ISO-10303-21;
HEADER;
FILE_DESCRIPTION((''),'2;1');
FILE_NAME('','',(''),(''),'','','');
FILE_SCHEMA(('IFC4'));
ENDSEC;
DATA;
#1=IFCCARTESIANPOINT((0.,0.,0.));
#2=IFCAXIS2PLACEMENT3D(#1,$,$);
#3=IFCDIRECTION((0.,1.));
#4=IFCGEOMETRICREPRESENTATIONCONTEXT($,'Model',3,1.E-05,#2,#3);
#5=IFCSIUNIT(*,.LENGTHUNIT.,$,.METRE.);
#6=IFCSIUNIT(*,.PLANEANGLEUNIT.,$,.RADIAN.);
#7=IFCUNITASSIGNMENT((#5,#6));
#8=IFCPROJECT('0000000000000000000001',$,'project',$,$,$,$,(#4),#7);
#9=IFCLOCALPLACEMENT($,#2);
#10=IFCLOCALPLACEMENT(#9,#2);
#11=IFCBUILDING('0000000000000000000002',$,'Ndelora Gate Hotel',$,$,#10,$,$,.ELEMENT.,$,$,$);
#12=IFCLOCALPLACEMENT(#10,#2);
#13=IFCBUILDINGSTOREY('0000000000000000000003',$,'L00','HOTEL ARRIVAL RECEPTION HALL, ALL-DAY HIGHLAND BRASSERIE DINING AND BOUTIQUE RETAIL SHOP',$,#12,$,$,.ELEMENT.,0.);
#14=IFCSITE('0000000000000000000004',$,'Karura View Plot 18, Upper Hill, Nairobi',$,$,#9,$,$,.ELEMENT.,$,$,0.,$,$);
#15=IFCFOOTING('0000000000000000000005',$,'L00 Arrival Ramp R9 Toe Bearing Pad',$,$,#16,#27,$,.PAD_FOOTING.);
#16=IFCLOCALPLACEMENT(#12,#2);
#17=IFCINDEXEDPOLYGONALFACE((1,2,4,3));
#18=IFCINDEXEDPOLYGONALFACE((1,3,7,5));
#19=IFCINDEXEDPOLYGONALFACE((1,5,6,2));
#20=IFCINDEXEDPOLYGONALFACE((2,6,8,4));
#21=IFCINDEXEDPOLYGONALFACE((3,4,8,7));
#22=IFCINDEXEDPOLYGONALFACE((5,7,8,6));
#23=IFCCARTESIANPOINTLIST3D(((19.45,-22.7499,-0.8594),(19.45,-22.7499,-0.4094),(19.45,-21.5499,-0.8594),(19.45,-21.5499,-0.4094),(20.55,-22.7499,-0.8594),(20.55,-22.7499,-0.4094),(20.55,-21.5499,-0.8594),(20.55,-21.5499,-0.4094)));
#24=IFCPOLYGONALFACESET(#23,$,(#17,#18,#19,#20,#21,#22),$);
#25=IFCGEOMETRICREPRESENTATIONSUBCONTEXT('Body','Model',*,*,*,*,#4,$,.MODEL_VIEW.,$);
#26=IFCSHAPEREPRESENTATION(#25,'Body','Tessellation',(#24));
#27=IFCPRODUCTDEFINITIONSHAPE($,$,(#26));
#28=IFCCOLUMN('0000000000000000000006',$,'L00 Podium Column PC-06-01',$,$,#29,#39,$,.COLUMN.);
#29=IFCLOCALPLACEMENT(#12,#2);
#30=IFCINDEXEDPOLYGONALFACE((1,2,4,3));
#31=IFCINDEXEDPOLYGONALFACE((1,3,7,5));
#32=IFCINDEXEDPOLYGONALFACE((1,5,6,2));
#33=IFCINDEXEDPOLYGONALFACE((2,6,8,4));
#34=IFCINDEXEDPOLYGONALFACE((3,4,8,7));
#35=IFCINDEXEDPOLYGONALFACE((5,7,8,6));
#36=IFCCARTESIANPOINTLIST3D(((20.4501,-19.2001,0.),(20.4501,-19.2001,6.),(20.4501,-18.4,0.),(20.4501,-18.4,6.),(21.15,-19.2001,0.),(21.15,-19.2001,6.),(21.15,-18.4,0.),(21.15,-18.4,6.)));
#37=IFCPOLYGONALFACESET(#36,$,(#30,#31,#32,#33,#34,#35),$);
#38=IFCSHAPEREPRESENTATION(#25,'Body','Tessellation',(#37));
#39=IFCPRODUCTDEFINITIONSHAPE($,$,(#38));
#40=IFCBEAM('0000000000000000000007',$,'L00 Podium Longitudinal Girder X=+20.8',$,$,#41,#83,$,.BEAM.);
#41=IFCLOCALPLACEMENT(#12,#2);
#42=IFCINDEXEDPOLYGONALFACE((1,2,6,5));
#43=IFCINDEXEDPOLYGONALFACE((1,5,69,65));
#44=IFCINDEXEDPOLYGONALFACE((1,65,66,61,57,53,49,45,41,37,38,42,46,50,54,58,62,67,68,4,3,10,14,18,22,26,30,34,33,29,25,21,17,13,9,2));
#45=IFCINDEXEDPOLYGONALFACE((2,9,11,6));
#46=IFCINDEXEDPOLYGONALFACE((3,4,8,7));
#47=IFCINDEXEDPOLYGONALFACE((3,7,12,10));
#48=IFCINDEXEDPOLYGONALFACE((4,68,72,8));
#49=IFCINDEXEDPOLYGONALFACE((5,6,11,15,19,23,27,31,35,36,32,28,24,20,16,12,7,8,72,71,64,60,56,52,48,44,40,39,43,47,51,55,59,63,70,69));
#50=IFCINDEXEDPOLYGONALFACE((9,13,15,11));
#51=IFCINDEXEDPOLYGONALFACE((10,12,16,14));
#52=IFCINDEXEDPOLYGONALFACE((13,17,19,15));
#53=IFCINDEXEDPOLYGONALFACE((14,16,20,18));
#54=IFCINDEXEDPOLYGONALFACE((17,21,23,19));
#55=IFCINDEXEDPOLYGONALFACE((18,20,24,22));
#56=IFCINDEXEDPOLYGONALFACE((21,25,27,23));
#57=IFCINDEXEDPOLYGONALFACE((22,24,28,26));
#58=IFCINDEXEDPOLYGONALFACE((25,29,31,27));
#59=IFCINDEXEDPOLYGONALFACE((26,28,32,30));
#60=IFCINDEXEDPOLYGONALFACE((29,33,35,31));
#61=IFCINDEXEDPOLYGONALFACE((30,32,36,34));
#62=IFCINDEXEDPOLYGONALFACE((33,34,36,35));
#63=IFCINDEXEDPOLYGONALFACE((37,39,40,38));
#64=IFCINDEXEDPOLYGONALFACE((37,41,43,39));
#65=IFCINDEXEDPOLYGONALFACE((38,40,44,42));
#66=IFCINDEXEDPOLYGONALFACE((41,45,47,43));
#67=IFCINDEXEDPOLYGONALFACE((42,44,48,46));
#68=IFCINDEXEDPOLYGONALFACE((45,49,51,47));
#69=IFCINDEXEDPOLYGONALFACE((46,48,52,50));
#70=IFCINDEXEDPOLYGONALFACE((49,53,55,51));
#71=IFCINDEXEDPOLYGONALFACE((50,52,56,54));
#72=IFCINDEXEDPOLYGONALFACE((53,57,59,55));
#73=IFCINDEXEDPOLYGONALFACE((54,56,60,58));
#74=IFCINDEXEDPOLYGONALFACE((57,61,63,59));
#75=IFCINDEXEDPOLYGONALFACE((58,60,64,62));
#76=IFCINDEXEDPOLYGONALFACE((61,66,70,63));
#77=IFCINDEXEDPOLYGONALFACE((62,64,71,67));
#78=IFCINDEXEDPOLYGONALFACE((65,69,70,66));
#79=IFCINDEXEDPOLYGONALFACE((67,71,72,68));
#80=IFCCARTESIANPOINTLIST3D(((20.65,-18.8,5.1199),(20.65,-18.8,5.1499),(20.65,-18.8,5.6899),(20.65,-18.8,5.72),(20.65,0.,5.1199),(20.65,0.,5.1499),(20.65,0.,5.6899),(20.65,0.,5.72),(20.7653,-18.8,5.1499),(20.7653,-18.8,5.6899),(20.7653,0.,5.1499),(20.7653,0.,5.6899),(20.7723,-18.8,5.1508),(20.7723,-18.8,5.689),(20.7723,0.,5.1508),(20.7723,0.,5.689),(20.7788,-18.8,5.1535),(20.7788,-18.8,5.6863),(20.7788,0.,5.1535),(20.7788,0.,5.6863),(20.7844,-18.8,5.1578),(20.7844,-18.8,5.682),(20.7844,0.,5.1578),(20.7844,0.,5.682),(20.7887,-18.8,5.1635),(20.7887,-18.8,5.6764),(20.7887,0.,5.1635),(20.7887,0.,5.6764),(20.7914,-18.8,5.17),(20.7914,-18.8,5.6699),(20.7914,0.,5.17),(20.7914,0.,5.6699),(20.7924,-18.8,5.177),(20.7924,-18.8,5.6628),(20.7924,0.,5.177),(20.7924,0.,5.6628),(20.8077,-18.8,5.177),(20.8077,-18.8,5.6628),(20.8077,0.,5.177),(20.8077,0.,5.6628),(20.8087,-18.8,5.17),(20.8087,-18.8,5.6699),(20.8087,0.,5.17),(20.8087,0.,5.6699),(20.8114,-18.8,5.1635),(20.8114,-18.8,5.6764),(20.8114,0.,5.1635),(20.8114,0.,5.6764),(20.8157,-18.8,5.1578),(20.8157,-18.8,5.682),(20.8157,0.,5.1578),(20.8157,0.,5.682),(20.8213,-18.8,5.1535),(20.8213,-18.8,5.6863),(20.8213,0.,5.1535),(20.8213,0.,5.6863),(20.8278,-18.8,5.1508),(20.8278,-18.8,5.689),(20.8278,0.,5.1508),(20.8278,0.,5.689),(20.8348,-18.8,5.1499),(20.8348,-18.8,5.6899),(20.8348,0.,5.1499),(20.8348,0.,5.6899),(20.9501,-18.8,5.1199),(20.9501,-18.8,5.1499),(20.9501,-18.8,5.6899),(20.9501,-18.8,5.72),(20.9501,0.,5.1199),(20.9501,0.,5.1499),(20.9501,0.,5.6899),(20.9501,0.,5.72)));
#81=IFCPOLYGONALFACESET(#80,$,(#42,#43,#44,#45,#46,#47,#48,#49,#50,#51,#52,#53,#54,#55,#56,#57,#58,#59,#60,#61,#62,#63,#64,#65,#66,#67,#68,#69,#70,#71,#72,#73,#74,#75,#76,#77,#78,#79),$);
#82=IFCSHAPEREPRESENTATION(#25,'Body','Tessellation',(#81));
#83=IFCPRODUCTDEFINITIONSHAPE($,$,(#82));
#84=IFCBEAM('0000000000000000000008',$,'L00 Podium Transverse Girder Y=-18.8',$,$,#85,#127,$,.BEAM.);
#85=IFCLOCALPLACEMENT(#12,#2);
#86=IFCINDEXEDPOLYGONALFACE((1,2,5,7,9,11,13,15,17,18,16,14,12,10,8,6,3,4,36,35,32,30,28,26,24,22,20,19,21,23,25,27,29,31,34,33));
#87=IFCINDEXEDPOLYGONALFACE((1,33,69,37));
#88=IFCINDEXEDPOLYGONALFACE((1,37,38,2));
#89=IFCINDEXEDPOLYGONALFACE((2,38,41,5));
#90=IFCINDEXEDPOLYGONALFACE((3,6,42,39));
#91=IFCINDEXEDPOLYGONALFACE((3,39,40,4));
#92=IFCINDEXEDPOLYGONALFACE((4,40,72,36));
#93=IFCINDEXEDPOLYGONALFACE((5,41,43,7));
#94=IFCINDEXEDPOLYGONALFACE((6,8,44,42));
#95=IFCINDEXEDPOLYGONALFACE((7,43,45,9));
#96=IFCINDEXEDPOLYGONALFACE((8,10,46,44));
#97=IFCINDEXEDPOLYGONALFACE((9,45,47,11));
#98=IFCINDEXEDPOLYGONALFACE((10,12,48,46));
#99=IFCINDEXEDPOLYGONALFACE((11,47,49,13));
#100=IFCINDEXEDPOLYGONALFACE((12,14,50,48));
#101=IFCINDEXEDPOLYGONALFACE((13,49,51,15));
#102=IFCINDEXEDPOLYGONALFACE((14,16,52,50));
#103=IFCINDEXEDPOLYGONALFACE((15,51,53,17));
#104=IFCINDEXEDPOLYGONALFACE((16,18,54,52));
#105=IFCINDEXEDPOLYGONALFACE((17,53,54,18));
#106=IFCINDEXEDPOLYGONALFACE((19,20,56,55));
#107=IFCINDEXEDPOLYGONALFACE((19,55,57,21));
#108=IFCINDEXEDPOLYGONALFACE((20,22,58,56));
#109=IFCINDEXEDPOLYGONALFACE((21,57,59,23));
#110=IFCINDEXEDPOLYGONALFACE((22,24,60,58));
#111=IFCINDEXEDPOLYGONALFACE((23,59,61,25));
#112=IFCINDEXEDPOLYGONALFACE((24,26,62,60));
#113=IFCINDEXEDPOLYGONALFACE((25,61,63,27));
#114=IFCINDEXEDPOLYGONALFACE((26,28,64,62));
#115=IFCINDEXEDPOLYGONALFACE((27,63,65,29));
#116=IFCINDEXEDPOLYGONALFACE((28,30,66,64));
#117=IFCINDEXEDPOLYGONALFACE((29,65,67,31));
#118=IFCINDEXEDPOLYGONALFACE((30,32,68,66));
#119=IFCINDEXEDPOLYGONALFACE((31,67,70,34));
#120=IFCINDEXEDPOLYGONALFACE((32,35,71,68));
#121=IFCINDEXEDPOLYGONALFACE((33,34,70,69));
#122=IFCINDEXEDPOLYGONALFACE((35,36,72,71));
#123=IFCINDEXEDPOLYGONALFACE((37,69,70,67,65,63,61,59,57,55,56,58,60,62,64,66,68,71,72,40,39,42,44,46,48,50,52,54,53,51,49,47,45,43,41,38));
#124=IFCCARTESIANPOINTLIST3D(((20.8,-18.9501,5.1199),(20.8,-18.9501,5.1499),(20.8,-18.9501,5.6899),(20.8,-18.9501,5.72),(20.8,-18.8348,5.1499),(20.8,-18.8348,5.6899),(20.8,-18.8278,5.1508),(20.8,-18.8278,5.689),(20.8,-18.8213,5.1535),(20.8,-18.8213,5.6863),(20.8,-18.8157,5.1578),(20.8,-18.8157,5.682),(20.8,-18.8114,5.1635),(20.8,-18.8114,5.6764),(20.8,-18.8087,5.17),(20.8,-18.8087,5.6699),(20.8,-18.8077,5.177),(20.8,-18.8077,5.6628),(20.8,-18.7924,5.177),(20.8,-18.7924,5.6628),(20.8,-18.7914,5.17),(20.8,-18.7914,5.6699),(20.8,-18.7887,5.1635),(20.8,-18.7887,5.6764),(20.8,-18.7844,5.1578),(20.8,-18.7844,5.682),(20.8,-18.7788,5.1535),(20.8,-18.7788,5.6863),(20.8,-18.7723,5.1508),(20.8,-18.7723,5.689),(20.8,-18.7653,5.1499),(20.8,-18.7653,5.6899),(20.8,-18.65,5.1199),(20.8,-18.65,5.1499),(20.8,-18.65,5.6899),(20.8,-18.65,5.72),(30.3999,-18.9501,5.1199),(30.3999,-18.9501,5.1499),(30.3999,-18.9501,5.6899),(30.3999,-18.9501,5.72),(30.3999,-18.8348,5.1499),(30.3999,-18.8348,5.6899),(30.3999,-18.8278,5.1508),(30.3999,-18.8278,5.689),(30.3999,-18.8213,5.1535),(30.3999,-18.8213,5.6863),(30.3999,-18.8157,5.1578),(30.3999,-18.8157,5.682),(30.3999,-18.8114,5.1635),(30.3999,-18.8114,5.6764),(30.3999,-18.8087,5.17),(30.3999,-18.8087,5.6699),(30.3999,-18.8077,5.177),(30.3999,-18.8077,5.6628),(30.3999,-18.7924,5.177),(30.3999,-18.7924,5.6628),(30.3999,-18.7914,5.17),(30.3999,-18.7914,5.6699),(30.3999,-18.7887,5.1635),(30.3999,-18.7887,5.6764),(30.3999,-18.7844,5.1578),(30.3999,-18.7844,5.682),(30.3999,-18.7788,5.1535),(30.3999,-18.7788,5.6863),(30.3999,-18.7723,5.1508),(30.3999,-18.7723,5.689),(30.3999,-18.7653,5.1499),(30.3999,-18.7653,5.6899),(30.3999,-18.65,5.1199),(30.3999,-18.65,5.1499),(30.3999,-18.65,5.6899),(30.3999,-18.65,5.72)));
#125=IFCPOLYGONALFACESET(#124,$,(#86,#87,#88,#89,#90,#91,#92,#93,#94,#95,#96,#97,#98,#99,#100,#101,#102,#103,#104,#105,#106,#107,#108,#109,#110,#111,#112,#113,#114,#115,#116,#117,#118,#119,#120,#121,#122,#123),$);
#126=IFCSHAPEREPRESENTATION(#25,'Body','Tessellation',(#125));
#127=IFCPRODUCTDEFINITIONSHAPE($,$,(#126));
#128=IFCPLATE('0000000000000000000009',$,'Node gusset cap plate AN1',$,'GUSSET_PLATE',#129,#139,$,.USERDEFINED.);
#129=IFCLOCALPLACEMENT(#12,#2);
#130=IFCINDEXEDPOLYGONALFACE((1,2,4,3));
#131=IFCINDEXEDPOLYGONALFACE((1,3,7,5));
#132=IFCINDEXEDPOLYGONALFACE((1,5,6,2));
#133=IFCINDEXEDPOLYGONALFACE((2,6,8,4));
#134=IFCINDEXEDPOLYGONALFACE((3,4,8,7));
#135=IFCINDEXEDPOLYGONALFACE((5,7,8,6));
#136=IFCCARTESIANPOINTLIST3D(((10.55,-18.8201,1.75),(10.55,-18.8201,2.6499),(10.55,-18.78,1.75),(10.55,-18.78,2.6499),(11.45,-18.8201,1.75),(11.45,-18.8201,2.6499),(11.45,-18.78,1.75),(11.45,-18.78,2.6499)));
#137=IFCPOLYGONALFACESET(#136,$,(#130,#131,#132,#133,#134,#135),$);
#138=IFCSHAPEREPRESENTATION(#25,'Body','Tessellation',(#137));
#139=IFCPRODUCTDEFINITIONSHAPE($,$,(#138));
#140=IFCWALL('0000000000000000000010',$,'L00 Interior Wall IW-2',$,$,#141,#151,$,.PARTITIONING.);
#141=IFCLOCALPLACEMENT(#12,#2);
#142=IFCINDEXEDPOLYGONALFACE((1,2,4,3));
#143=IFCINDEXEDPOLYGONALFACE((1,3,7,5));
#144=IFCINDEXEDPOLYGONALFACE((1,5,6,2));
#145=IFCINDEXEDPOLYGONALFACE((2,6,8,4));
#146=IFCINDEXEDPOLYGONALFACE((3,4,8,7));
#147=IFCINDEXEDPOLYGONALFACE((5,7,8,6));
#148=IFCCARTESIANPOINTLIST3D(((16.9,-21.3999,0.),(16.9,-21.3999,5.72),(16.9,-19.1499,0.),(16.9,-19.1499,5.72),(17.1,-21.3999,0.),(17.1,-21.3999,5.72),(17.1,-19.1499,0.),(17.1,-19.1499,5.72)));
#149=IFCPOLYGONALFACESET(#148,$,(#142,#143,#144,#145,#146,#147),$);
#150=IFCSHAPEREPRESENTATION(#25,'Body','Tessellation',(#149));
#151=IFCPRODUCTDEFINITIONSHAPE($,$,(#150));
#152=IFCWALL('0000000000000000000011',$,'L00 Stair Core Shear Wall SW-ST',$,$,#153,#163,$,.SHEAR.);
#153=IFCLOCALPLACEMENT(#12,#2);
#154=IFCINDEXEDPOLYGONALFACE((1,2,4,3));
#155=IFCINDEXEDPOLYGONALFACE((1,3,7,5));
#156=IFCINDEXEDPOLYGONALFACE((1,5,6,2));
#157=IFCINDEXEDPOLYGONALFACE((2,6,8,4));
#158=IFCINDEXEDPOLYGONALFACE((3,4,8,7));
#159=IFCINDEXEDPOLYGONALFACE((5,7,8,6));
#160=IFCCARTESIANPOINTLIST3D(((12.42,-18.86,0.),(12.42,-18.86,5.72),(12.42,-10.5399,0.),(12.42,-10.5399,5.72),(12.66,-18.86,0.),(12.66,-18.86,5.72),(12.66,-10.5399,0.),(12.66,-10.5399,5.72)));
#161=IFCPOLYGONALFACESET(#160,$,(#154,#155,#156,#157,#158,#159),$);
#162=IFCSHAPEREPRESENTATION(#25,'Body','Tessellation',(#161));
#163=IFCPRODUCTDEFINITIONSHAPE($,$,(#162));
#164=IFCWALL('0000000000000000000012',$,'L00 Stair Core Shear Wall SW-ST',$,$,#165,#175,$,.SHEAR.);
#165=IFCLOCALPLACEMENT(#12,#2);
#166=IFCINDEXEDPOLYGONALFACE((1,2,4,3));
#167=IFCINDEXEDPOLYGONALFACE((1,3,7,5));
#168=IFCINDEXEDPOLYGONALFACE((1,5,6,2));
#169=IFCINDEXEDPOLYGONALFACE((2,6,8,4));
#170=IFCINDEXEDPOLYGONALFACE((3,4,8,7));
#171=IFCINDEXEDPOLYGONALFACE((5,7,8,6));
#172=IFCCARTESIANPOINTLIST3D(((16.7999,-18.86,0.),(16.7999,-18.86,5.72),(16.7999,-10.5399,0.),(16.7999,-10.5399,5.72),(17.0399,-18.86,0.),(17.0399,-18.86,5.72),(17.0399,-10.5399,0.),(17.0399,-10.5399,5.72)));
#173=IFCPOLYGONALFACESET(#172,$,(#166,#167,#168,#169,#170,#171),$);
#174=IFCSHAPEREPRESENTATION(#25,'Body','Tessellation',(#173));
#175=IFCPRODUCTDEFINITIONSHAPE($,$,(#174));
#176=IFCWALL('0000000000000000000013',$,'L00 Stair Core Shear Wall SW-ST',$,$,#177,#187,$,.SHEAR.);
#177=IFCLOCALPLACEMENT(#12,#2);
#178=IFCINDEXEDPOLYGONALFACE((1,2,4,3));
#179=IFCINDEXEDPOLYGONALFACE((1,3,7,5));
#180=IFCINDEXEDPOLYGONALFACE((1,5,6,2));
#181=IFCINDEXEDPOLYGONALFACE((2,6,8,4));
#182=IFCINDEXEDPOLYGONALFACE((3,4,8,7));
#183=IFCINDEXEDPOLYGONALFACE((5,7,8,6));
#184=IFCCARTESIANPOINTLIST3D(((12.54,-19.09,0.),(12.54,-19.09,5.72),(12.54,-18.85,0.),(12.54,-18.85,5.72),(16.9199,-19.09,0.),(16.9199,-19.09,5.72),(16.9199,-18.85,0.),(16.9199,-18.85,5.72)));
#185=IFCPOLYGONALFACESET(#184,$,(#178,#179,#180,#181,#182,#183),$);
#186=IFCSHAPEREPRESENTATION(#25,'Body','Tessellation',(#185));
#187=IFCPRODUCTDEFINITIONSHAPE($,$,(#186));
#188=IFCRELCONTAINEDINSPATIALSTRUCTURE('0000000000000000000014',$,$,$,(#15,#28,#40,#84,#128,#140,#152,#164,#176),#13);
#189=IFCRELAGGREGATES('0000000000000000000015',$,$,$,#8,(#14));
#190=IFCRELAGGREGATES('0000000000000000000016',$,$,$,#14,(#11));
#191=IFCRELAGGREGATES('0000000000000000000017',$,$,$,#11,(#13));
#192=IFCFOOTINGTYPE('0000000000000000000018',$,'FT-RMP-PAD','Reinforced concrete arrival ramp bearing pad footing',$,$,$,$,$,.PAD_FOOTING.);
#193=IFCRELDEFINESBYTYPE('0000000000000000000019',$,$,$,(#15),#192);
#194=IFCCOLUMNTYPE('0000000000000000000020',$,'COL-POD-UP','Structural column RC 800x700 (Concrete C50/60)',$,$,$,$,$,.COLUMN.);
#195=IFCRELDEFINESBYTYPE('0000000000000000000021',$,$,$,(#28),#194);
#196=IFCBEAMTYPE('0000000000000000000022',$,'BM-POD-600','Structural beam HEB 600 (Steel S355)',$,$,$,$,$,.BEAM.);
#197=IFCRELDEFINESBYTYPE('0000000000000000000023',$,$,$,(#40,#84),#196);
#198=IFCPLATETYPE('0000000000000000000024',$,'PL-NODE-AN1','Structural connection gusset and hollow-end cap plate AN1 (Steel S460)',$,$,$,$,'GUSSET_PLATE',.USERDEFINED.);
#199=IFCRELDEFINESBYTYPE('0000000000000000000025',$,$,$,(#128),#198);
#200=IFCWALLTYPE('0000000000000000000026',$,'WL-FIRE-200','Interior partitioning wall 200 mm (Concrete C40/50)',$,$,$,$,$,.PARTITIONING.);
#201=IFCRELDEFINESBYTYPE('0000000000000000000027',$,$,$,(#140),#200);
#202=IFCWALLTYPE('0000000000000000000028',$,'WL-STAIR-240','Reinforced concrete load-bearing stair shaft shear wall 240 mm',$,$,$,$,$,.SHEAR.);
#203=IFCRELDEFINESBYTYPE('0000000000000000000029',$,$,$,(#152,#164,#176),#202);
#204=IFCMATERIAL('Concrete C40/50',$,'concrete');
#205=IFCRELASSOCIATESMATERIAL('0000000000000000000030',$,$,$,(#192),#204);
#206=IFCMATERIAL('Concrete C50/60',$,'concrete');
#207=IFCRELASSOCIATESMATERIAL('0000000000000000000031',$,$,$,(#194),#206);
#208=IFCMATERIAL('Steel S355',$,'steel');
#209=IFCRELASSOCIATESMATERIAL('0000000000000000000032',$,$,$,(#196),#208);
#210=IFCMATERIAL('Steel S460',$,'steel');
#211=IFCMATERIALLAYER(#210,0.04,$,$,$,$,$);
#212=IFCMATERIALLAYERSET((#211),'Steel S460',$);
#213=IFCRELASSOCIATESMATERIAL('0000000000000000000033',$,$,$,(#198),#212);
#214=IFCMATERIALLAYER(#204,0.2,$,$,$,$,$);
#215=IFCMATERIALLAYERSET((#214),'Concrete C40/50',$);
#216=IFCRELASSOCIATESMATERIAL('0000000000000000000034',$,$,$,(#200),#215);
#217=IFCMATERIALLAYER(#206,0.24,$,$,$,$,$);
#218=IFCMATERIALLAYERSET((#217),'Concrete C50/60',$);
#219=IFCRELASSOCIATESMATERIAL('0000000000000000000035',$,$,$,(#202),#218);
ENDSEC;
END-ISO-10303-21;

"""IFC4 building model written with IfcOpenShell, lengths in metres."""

from ifc_helpers import new_model, si_unit, direction, frame, frame_2d, origin, origin_2d, place, context, subcontext, project, spatial, rectangle, i_section, extrude, material, layer, layer_set, material_profile, profile_set, type_object, element, save


model = new_model("IFC4")

# Units and contexts
model_context = context("Model", 3, precision=1e-05, world=origin(), true_north=direction((0.0, 1.0)))
body_context = subcontext(model_context, "Body", "Model", "MODEL_VIEW")
ifc_project = project(units=[si_unit("LENGTHUNIT", "METRE"), si_unit("PLANEANGLEUNIT", "RADIAN")], contexts=[model_context])

# Site, building, storey
site_placement = place(None, origin())
site = spatial("IfcSite", under=ifc_project, at=site_placement, Name="Karura View Plot 18, Upper Hill, Nairobi", CompositionType="ELEMENT", RefElevation=0.0)
building_placement = place(site_placement, origin())
building = spatial("IfcBuilding", under=site, at=building_placement, Name="Ndelora Gate Hotel", CompositionType="ELEMENT")
storey_placement = place(building_placement, origin())
storey = spatial("IfcBuildingStorey", under=building, at=storey_placement, Name="L00", Description="HOTEL ARRIVAL RECEPTION HALL, ALL-DAY HIGHLAND BRASSERIE DINING AND BOUTIQUE RETAIL SHOP", CompositionType="ELEMENT", Elevation=0.0)

# Footing
ifc_material_1 = material(Name="Concrete C40/50", Category="concrete")
footing_type = type_object("IfcFootingType", Name="FT-RMP-PAD", Description="Reinforced concrete arrival ramp bearing pad footing", PredefinedType="PAD_FOOTING", material=ifc_material_1)
footing_placement = place(storey_placement, frame((20.0, -22.1499, -0.8594), z_axis=(0.0, 0.0, 1.0), x_axis=(1.0, 0.0, 0.0)))
element("IfcFooting", 1, at=footing_placement, inside=storey, type_object=footing_type, Name="L00 Arrival Ramp R9 Toe Bearing Pad", PredefinedType="PAD_FOOTING", context=body_context, shape_type="SweptSolid", body=[
    extrude(rectangle(XDim=1.1001, YDim=1.2, at=origin_2d()), origin(), (0.0, 0.0, 1.0), 0.45),
])

# Column
ifc_material_2 = material(Name="Concrete C50/60", Category="concrete")
ifc_material_profile_1 = material_profile(ifc_material_2, rectangle(XDim=0.7, YDim=0.8, at=origin_2d()), Name="RC 800x700")
ifc_profile_set_1 = profile_set([ifc_material_profile_1], Name="Concrete C50/60")
column_type = type_object("IfcColumnType", Name="COL-POD-UP", Description="Structural column RC 800x700 (Concrete C50/60)", PredefinedType="COLUMN", material=ifc_profile_set_1)
column_placement = place(storey_placement, frame((20.8, -18.8, 0.0), z_axis=(0.0, 0.0, 1.0), x_axis=(1.0, 0.0, 0.0)))
element("IfcColumn", 2, at=column_placement, inside=storey, type_object=column_type, Name="L00 Podium Column PC-06-01", PredefinedType="COLUMN", context=body_context, shape_type="SweptSolid", body=[
    extrude(rectangle(XDim=0.7, YDim=0.8, at=origin_2d()), origin(), (0.0, 0.0, 1.0), 6.0),
])

# Beams
ifc_material_3 = material(Name="Steel S355", Category="steel")
ifc_material_profile_2 = material_profile(ifc_material_3, i_section(OverallWidth=0.3, OverallDepth=0.6001, WebThickness=0.0154, FlangeThickness=0.03, FilletRadius=0.0271, at=origin_2d()), Name="HEB 600")
ifc_profile_set_2 = profile_set([ifc_material_profile_2], Name="Steel S355")
beam_type = type_object("IfcBeamType", Name="BM-POD-600", Description="Structural beam HEB 600 (Steel S355)", PredefinedType="BEAM", material=ifc_profile_set_2)
beam_1_placement = place(storey_placement, frame((20.8, -18.8, 5.4199), z_axis=(0.0, 1.0, 0.0), x_axis=(-1.0, 0.0, 0.0)))
element("IfcBeam", 3, at=beam_1_placement, inside=storey, type_object=beam_type, Name="L00 Podium Longitudinal Girder X=+20.8", PredefinedType="BEAM", context=body_context, shape_type="SweptSolid", body=[
    extrude(i_section(OverallWidth=0.3, OverallDepth=0.6001, WebThickness=0.0154, FlangeThickness=0.03, FilletRadius=0.0271, at=origin_2d()), origin(), (0.0, 0.0, 1.0), 18.8),
])
beam_2_placement = place(storey_placement, frame((20.8, -18.8, 5.4199), z_axis=(1.0, 0.0, 0.0), x_axis=(0.0, 1.0, 0.0)))
element("IfcBeam", 4, at=beam_2_placement, inside=storey, type_object=beam_type, Name="L00 Podium Transverse Girder Y=-18.8", PredefinedType="BEAM", context=body_context, shape_type="SweptSolid", body=[
    extrude(i_section(OverallWidth=0.3, OverallDepth=0.6001, WebThickness=0.0154, FlangeThickness=0.03, FilletRadius=0.0271, at=origin_2d()), origin(), (0.0, 0.0, 1.0), 9.5999),
])

# Plate
ifc_material_4 = material(Name="Steel S460", Category="steel")
ifc_layer_1 = layer(ifc_material_4, 0.04)
ifc_layer_set_1 = layer_set([ifc_layer_1], Name="Steel S460")
plate_type = type_object("IfcPlateType", Name="PL-NODE-AN1", Description="Structural connection gusset and hollow-end cap plate AN1 (Steel S460)", ElementType="GUSSET_PLATE", PredefinedType="USERDEFINED", material=ifc_layer_set_1)
plate_placement = place(storey_placement, frame((11.0, -18.8, 1.75), z_axis=(0.0, 0.0, 1.0), x_axis=(1.0, 0.0, 0.0)))
element("IfcPlate", 5, at=plate_placement, inside=storey, type_object=plate_type, Name="Node gusset cap plate AN1", ObjectType="GUSSET_PLATE", PredefinedType="USERDEFINED", context=body_context, shape_type="SweptSolid", body=[
    extrude(rectangle(XDim=0.8999, YDim=0.04, at=origin_2d()), origin(), (0.0, 0.0, 1.0), 0.8999),
])

# Walls
ifc_layer_2 = layer(ifc_material_1, 0.2)
ifc_layer_set_2 = layer_set([ifc_layer_2], Name="Concrete C40/50")
wall_type_1 = type_object("IfcWallType", Name="WL-FIRE-200", Description="Interior partitioning wall 200 mm (Concrete C40/50)", PredefinedType="PARTITIONING", material=ifc_layer_set_2)
wall_1_placement = place(storey_placement, frame((17.0, -21.3999, 0.0), z_axis=(0.0, 0.0, 1.0), x_axis=(0.0, 1.0, 0.0)))
element("IfcWall", 6, at=wall_1_placement, inside=storey, type_object=wall_type_1, Name="L00 Interior Wall IW-2", PredefinedType="PARTITIONING", context=body_context, shape_type="SweptSolid", body=[
    extrude(rectangle(XDim=2.25, YDim=0.2, at=frame_2d((1.125, 0.0))), origin(), (0.0, 0.0, 1.0), 5.72),
])
ifc_layer_3 = layer(ifc_material_2, 0.24)
ifc_layer_set_3 = layer_set([ifc_layer_3], Name="Concrete C50/60")
wall_type_2 = type_object("IfcWallType", Name="WL-STAIR-240", Description="Reinforced concrete load-bearing stair shaft shear wall 240 mm", PredefinedType="SHEAR", material=ifc_layer_set_3)
for number, where, z_axis, x_axis, name in (
    (7, (12.54, -18.8601, 0.0), (0.0, 0.0, 1.0), (0.0, 1.0, 0.0), "L00 Stair Core Shear Wall SW-ST"),
    (8, (16.9199, -18.8601, 0.0), (0.0, 0.0, 1.0), (0.0, 1.0, 0.0), "L00 Stair Core Shear Wall SW-ST"),
):
    element("IfcWall", number, at=place(storey_placement, frame(where, z_axis=z_axis, x_axis=x_axis)), inside=storey, type_object=wall_type_2, Name=name, PredefinedType="SHEAR", context=body_context, shape_type="SweptSolid", body=[
        extrude(rectangle(XDim=8.3201, YDim=0.24, at=frame_2d((4.1602, 0.0))), origin(), (0.0, 0.0, 1.0), 5.72),
    ])
wall_2_placement = place(storey_placement, frame((12.54, -18.97, 0.0), z_axis=(0.0, 0.0, 1.0), x_axis=(1.0, 0.0, 0.0)))
element("IfcWall", 9, at=wall_2_placement, inside=storey, type_object=wall_type_2, Name="L00 Stair Core Shear Wall SW-ST", PredefinedType="SHEAR", context=body_context, shape_type="SweptSolid", body=[
    extrude(rectangle(XDim=4.3799, YDim=0.24, at=frame_2d((2.1899, 0.0))), origin(), (0.0, 0.0, 1.0), 5.72),
])

save(model, "model.ifc")
